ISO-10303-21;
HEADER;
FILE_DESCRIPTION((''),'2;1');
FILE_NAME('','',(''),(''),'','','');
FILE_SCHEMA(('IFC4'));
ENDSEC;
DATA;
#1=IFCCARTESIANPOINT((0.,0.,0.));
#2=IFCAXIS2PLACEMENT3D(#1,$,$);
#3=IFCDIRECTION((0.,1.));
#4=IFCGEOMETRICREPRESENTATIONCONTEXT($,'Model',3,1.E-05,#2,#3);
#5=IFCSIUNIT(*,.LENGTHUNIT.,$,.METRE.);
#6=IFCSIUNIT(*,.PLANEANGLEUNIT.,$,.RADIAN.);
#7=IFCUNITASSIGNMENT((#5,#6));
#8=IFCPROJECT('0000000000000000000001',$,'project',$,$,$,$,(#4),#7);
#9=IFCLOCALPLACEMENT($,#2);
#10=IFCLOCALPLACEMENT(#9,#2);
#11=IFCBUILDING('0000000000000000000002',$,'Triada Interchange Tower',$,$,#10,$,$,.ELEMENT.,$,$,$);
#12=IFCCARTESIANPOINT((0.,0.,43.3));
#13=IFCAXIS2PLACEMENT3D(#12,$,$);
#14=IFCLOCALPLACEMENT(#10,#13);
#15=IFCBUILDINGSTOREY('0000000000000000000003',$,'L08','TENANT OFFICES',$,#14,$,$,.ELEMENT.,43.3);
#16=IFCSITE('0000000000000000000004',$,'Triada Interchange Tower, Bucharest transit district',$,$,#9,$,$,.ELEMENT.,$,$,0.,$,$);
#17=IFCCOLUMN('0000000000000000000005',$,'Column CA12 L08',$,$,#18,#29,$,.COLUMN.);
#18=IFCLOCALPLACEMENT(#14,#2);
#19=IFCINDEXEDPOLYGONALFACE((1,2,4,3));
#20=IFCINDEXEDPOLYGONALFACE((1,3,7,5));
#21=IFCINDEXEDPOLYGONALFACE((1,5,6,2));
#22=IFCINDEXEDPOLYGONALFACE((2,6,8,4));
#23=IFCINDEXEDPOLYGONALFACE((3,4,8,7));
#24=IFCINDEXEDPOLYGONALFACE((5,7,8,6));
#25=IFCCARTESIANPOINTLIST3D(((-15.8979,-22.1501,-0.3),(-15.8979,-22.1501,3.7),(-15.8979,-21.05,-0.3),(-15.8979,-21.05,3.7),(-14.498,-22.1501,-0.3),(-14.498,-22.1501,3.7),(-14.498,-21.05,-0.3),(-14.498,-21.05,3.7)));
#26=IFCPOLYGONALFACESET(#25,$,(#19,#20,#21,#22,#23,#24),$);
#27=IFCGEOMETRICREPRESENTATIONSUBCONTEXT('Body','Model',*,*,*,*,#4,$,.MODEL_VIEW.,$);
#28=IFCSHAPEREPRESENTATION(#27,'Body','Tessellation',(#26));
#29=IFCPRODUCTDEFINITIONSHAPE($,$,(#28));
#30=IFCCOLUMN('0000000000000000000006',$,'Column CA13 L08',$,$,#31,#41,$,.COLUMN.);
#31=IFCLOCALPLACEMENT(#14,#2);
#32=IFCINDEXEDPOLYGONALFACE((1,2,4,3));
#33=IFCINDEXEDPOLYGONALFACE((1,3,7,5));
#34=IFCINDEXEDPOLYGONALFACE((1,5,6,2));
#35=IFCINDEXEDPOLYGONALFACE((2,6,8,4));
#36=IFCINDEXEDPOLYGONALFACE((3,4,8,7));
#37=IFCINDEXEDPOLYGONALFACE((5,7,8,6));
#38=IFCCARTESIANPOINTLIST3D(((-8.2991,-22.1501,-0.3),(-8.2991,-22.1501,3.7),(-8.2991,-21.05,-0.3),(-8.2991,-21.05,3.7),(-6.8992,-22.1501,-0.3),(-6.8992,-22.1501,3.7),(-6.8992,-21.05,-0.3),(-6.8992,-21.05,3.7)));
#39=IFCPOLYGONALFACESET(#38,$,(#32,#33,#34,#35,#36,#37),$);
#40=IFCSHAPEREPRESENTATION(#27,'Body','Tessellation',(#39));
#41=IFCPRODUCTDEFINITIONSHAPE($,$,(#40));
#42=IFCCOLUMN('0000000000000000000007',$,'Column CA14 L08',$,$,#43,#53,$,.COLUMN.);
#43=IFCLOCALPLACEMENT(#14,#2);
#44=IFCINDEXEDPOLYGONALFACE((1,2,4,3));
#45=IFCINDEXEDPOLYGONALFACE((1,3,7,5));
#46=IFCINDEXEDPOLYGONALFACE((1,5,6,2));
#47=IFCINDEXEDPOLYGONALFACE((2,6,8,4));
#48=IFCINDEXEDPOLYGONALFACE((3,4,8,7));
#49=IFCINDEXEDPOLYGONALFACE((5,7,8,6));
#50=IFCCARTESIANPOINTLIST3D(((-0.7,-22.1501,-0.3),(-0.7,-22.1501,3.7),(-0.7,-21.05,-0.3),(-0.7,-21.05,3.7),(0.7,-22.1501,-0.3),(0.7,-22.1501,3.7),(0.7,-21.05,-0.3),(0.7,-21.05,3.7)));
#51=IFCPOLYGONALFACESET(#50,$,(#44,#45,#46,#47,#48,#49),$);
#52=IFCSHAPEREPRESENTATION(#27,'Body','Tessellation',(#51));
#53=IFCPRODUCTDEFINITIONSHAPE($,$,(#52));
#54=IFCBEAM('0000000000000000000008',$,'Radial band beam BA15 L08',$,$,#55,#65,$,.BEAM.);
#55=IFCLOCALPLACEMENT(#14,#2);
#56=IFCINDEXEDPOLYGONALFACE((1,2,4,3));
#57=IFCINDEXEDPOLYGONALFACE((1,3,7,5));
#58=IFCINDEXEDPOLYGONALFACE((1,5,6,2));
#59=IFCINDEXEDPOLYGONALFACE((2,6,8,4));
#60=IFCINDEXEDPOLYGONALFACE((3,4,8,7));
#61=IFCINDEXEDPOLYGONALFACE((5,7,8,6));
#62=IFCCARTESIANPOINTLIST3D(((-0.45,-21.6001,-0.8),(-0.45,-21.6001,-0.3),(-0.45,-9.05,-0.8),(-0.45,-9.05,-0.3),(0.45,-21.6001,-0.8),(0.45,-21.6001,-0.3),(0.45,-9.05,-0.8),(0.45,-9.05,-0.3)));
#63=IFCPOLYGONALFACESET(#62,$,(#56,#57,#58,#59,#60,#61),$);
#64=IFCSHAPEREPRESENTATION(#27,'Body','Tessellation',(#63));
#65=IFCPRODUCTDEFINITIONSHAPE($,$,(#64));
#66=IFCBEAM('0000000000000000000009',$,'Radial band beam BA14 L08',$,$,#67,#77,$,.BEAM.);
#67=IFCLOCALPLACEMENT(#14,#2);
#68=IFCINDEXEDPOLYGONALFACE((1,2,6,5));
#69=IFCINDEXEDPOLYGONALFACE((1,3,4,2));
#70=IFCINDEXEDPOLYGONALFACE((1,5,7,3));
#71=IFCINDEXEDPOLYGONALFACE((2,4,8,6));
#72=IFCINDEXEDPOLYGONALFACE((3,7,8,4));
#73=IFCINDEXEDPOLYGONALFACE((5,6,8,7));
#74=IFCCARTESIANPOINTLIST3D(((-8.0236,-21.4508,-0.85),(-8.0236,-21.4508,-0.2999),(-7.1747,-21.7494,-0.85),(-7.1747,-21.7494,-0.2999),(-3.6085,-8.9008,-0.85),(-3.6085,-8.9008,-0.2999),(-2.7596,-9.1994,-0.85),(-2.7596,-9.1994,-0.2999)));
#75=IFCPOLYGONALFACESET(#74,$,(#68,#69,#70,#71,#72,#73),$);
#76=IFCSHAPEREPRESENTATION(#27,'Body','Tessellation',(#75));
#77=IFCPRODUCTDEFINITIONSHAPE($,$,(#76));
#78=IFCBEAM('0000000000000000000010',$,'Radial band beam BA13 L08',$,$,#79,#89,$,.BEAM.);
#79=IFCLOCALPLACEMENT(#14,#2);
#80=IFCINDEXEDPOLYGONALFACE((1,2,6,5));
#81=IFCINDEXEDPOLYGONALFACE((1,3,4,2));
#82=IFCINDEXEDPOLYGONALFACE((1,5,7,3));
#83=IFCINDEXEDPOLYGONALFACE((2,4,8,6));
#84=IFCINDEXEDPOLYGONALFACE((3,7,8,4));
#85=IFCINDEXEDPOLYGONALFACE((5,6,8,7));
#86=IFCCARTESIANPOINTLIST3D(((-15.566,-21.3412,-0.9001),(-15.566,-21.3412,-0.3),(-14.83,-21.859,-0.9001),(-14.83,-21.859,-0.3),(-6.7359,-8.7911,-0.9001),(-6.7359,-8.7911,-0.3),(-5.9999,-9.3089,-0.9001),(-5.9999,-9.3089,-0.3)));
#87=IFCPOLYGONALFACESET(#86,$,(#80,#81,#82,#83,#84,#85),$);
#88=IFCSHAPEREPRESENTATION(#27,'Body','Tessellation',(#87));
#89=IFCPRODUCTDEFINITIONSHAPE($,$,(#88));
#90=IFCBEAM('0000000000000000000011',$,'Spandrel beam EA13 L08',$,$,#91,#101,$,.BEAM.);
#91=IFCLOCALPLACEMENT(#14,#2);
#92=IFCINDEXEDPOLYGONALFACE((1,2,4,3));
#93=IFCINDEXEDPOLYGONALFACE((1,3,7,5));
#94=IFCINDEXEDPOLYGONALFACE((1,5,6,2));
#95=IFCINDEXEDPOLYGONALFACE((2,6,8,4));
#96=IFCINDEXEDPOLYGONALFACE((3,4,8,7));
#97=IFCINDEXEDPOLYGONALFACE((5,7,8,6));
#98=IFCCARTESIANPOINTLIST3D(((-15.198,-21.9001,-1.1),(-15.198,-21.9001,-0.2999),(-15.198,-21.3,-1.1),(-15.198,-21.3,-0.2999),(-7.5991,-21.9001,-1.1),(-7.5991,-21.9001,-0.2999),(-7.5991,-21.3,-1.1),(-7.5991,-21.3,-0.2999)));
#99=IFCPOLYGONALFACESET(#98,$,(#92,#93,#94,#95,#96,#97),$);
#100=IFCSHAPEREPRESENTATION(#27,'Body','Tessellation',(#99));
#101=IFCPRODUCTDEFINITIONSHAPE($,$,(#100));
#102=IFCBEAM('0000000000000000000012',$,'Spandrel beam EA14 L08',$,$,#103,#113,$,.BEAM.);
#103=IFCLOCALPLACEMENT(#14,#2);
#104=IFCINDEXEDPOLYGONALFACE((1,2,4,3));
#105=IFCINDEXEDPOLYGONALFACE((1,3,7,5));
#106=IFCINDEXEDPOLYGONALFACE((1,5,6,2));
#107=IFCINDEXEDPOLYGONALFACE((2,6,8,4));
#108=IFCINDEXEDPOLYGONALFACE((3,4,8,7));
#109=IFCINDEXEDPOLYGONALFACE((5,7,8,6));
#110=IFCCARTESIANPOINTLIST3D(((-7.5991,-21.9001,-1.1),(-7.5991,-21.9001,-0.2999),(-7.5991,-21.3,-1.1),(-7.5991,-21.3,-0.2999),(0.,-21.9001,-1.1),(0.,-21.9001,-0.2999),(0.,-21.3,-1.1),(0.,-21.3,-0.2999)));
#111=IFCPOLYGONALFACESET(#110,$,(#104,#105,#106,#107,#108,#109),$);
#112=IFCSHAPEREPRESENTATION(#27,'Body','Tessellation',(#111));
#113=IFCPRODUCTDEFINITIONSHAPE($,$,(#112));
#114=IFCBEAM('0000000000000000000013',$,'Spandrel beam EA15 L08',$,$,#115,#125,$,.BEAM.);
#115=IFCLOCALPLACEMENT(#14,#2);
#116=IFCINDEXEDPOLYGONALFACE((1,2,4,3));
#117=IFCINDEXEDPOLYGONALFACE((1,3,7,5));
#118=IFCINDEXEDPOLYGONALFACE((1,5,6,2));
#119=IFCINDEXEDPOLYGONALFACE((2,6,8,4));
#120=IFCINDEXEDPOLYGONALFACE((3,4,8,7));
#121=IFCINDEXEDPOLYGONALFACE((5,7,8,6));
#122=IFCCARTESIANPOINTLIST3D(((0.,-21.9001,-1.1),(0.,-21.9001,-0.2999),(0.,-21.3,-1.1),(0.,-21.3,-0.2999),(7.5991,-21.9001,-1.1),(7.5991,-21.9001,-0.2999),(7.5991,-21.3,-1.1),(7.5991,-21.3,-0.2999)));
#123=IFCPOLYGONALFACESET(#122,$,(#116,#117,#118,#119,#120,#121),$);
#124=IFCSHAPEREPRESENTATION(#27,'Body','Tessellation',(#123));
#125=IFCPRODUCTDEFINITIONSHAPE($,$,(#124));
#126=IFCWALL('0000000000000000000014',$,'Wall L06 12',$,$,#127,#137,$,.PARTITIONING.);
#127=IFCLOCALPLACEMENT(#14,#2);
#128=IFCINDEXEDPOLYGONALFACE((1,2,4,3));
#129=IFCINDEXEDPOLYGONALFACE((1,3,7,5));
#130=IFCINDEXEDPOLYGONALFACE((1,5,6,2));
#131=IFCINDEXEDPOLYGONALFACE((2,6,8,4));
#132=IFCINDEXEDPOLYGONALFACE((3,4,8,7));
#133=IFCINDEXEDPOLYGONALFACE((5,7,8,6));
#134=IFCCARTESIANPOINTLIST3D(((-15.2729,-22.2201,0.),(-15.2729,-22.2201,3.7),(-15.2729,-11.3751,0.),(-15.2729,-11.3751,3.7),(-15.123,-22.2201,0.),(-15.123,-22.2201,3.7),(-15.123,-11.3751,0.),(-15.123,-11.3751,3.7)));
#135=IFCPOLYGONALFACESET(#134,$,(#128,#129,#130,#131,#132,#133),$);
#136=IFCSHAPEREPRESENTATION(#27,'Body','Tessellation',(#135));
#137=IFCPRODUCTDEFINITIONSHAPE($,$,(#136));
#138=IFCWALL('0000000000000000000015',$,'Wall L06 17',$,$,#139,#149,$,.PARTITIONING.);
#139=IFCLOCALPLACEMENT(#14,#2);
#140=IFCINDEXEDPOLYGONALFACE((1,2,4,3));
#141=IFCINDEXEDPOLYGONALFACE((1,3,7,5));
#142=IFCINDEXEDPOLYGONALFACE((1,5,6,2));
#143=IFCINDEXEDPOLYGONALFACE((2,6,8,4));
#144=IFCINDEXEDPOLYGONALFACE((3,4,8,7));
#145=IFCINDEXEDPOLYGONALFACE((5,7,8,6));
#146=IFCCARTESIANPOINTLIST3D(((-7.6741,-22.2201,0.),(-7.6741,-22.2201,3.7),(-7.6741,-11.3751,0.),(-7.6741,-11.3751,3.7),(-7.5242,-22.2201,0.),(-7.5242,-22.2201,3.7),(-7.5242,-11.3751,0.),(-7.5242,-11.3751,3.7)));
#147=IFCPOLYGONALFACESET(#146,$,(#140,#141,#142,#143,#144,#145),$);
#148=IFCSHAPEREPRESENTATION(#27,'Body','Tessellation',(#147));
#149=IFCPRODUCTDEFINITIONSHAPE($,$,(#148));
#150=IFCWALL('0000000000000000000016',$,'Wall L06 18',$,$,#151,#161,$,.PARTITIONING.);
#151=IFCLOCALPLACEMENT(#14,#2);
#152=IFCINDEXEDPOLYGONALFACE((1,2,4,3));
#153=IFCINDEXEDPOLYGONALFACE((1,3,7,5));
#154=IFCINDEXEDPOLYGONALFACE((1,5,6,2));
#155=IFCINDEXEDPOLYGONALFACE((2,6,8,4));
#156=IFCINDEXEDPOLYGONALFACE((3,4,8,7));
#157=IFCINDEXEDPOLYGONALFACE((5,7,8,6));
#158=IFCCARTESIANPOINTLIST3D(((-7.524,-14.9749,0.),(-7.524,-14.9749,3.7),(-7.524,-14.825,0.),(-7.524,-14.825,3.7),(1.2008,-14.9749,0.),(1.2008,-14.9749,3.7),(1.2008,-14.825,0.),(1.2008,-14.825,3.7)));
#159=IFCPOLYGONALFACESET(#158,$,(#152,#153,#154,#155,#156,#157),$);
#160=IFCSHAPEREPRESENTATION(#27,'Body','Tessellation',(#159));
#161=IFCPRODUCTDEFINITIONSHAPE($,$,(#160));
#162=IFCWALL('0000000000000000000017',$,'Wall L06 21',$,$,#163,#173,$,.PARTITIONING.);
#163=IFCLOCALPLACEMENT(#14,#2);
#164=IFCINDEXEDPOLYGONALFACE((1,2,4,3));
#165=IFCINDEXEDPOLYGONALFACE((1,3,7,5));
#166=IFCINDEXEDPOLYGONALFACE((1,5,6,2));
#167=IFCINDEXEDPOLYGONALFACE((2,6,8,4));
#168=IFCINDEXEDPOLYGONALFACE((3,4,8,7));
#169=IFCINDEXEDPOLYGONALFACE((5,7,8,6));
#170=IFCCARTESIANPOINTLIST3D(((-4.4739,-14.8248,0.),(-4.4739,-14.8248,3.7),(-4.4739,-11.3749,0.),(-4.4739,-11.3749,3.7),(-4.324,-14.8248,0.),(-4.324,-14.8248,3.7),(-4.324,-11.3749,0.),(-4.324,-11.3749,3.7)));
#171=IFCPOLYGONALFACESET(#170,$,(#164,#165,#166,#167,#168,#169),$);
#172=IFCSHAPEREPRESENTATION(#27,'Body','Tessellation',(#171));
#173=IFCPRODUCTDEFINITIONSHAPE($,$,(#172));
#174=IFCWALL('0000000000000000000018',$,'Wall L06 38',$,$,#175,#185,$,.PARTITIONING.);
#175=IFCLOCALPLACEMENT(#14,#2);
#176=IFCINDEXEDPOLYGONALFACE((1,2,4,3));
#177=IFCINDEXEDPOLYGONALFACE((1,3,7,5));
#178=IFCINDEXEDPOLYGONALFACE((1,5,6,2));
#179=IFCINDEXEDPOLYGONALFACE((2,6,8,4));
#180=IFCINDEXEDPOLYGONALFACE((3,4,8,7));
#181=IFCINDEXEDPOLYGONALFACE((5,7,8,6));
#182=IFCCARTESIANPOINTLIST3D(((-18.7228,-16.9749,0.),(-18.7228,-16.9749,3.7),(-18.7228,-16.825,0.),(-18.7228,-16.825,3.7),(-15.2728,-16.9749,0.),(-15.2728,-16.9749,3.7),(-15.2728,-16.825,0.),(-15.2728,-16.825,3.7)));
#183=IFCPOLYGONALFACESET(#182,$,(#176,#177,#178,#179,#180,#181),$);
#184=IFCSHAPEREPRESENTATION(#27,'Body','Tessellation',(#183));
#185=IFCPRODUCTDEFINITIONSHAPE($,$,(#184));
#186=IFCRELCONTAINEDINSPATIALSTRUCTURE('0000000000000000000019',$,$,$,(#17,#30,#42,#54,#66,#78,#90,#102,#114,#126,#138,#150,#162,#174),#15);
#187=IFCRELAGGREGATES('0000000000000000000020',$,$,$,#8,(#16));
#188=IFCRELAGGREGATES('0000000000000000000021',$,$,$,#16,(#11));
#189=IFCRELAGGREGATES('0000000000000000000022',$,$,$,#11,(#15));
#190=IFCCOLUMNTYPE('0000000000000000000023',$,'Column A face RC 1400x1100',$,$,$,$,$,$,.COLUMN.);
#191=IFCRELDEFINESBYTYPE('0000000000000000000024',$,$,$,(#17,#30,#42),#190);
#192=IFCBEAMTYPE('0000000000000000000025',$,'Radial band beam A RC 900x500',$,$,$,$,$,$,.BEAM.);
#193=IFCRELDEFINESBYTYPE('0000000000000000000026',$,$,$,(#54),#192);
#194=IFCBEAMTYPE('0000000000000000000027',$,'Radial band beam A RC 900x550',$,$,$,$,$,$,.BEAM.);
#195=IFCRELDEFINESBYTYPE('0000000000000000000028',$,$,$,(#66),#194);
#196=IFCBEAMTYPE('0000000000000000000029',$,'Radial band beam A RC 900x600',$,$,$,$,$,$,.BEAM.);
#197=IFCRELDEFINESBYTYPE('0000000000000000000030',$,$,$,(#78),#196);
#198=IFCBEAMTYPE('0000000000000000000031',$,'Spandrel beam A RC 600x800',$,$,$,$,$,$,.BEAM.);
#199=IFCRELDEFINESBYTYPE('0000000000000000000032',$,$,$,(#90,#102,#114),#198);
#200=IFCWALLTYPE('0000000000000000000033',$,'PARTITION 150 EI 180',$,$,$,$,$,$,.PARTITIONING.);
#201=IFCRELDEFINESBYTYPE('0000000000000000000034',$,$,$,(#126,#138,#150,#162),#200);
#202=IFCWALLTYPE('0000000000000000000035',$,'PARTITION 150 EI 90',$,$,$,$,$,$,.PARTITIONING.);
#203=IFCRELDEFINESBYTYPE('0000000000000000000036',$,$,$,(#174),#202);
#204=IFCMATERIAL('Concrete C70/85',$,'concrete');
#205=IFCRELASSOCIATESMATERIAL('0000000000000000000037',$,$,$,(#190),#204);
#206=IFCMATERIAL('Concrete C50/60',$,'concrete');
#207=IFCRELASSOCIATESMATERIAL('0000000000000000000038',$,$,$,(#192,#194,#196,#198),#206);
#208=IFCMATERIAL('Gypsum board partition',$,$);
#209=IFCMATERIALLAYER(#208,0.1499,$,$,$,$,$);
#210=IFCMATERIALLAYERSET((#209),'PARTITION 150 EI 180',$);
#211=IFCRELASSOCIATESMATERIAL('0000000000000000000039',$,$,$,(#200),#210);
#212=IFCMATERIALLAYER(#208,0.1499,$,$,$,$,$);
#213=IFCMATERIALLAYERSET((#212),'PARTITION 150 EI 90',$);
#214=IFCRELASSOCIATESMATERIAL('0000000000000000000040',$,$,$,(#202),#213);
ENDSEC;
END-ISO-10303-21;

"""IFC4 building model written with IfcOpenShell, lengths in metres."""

from ifc_helpers import new_model, si_unit, direction, frame, frame_2d, origin, origin_2d, place, context, subcontext, project, spatial, rectangle, extrude, material, layer, layer_set, material_profile, profile_set, type_object, element, save


model = new_model("IFC4")

# Units and contexts
model_context = context("Model", 3, precision=1e-05, world=origin(), true_north=direction((0.0, 1.0)))
body_context = subcontext(model_context, "Body", "Model", "MODEL_VIEW")
ifc_project = project(units=[si_unit("LENGTHUNIT", "METRE"), si_unit("PLANEANGLEUNIT", "RADIAN")], contexts=[model_context])

# Site, building, storey
site_placement = place(None, origin())
site = spatial("IfcSite", under=ifc_project, at=site_placement, Name="Triada Interchange Tower, Bucharest transit district", CompositionType="ELEMENT", RefElevation=0.0)
building_placement = place(site_placement, origin())
building = spatial("IfcBuilding", under=site, at=building_placement, Name="Triada Interchange Tower", CompositionType="ELEMENT")
storey_placement = place(building_placement, frame((0.0, 0.0, 43.3)))
storey = spatial("IfcBuildingStorey", under=building, at=storey_placement, Name="L08", Description="TENANT OFFICES", CompositionType="ELEMENT", Elevation=43.3)

# Columns
ifc_material_1 = material(Name="Concrete C70/85", Category="concrete")
ifc_material_profile_1 = material_profile(ifc_material_1, rectangle(XDim=1.3999, YDim=1.1001, at=origin_2d()), Name="RC 1400x1100")
ifc_profile_set_1 = profile_set([ifc_material_profile_1], Name="Concrete C70/85")
column_type = type_object("IfcColumnType", Name="Column A face RC 1400x1100", PredefinedType="COLUMN", material=ifc_profile_set_1)
for number, where, z_axis, x_axis, name in (
    (1, (-15.198, -21.6001, -0.3), (0.0, 0.0, 1.0), (1.0, 0.0, 0.0), "Column CA12 L08"),
    (2, (-7.5991, -21.6001, -0.3), (0.0, 0.0, 1.0), (1.0, 0.0, 0.0), "Column CA13 L08"),
    (3, (0.0, -21.6001, -0.3), (0.0, 0.0, 1.0), (1.0, 0.0, 0.0), "Column CA14 L08"),
):
    element("IfcColumn", number, at=place(storey_placement, frame(where, z_axis=z_axis, x_axis=x_axis)), inside=storey, type_object=column_type, Name=name, PredefinedType="COLUMN", context=body_context, shape_type="SweptSolid", body=[
        extrude(rectangle(XDim=1.3999, YDim=1.1001, at=origin_2d()), origin(), (0.0, 0.0, 1.0), 4.0),
    ])

# Beams
ifc_material_2 = material(Name="Concrete C50/60", Category="concrete")
ifc_material_profile_2 = material_profile(ifc_material_2, rectangle(XDim=0.8999, YDim=0.5, at=origin_2d()), Name="RC 900x500")
ifc_profile_set_2 = profile_set([ifc_material_profile_2], Name="Concrete C50/60")
beam_type_1 = type_object("IfcBeamType", Name="Radial band beam A RC 900x500", PredefinedType="BEAM", material=ifc_profile_set_2)
beam_1_placement = place(storey_placement, frame((0.0, -21.6001, -0.55), z_axis=(0.0, 1.0, 0.0), x_axis=(-1.0, 0.0, 0.0)))
element("IfcBeam", 4, at=beam_1_placement, inside=storey, type_object=beam_type_1, Name="Radial band beam BA15 L08", PredefinedType="BEAM", context=body_context, shape_type="SweptSolid", body=[
    extrude(rectangle(XDim=0.8999, YDim=0.5, at=origin_2d()), origin(), (0.0, 0.0, 1.0), 12.55),
])
ifc_material_profile_3 = material_profile(ifc_material_2, rectangle(XDim=0.8999, YDim=0.55, at=origin_2d()), Name="RC 900x550")
ifc_profile_set_3 = profile_set([ifc_material_profile_3], Name="Concrete C50/60")
beam_type_2 = type_object("IfcBeamType", Name="Radial band beam A RC 900x550", PredefinedType="BEAM", material=ifc_profile_set_3)
beam_2_placement = place(storey_placement, frame((-7.5991, -21.6001, -0.575), z_axis=(0.331858, 0.943329, 0.0), x_axis=(-0.943329, 0.331858, 0.0)))
element("IfcBeam", 5, at=beam_2_placement, inside=storey, type_object=beam_type_2, Name="Radial band beam BA14 L08", PredefinedType="BEAM", context=body_context, shape_type="SweptSolid", body=[
    extrude(rectangle(XDim=0.8999, YDim=0.55, at=origin_2d()), origin(), (0.0, 0.0, 1.0), 13.304),
])
ifc_material_profile_4 = material_profile(ifc_material_2, rectangle(XDim=0.8999, YDim=0.6001, at=origin_2d()), Name="RC 900x600")
ifc_profile_set_4 = profile_set([ifc_material_profile_4], Name="Concrete C50/60")
beam_type_3 = type_object("IfcBeamType", Name="Radial band beam A RC 900x600", PredefinedType="BEAM", material=ifc_profile_set_4)
beam_3_placement = place(storey_placement, frame((-15.198, -21.6001, -0.6001), z_axis=(0.575431, 0.817851, 0.0), x_axis=(-0.817851, 0.575431, 0.0)))
element("IfcBeam", 6, at=beam_3_placement, inside=storey, type_object=beam_type_3, Name="Radial band beam BA13 L08", PredefinedType="BEAM", context=body_context, shape_type="SweptSolid", body=[
    extrude(rectangle(XDim=0.8999, YDim=0.6001, at=origin_2d()), origin(), (0.0, 0.0, 1.0), 15.3452),
])
ifc_material_profile_5 = material_profile(ifc_material_2, rectangle(XDim=0.6001, YDim=0.8, at=origin_2d()), Name="RC 600x800")
ifc_profile_set_5 = profile_set([ifc_material_profile_5], Name="Concrete C50/60")
beam_type_4 = type_object("IfcBeamType", Name="Spandrel beam A RC 600x800", PredefinedType="BEAM", material=ifc_profile_set_5)
beam_4_placement = place(storey_placement, frame((-15.198, -21.6001, -0.7), z_axis=(1.0, 0.0, 0.0), x_axis=(0.0, 1.0, 0.0)))
element("IfcBeam", 7, at=beam_4_placement, inside=storey, type_object=beam_type_4, Name="Spandrel beam EA13 L08", PredefinedType="BEAM", context=body_context, shape_type="SweptSolid", body=[
    extrude(rectangle(XDim=0.6001, YDim=0.8, at=origin_2d()), origin(), (0.0, 0.0, 1.0), 7.5989),
])
for number, where, z_axis, x_axis, name in (
    (8, (-7.5991, -21.6001, -0.7), (1.0, 0.0, 0.0), (0.0, 1.0, 0.0), "Spandrel beam EA14 L08"),
    (9, (0.0, -21.6001, -0.7), (1.0, 0.0, 0.0), (0.0, 1.0, 0.0), "Spandrel beam EA15 L08"),
):
    element("IfcBeam", number, at=place(storey_placement, frame(where, z_axis=z_axis, x_axis=x_axis)), inside=storey, type_object=beam_type_4, Name=name, PredefinedType="BEAM", context=body_context, shape_type="SweptSolid", body=[
        extrude(rectangle(XDim=0.6001, YDim=0.8, at=origin_2d()), origin(), (0.0, 0.0, 1.0), 7.5991),
    ])

# Walls
ifc_material_3 = material(Name="Gypsum board partition")
ifc_layer_1 = layer(ifc_material_3, 0.1499)
ifc_layer_set_1 = layer_set([ifc_layer_1], Name="PARTITION 150 EI 180")
wall_type_1 = type_object("IfcWallType", Name="PARTITION 150 EI 180", PredefinedType="PARTITIONING", material=ifc_layer_set_1)
for number, where, z_axis, x_axis, name in (
    (10, (-15.198, -22.22, 0.0), (0.0, 0.0, 1.0), (0.0, 1.0, 0.0), "Wall L06 12"),
    (11, (-7.5991, -22.22, 0.0), (0.0, 0.0, 1.0), (0.0, 1.0, 0.0), "Wall L06 17"),
):
    element("IfcWall", number, at=place(storey_placement, frame(where, z_axis=z_axis, x_axis=x_axis)), inside=storey, type_object=wall_type_1, Name=name, PredefinedType="PARTITIONING", context=body_context, shape_type="SweptSolid", body=[
        extrude(rectangle(XDim=10.845, YDim=0.1499, at=frame_2d((5.4224, 0.0))), origin(), (0.0, 0.0, 1.0), 3.7),
    ])
wall_1_placement = place(storey_placement, frame((-7.5239, -14.8999, 0.0), z_axis=(0.0, 0.0, 1.0), x_axis=(1.0, 0.0, 0.0)))
element("IfcWall", 12, at=wall_1_placement, inside=storey, type_object=wall_type_1, Name="Wall L06 18", PredefinedType="PARTITIONING", context=body_context, shape_type="SweptSolid", body=[
    extrude(rectangle(XDim=8.7249, YDim=0.1499, at=frame_2d((4.3623, 0.0))), origin(), (0.0, 0.0, 1.0), 3.7),
])
wall_2_placement = place(storey_placement, frame((-4.3989, -14.825, 0.0), z_axis=(0.0, 0.0, 1.0), x_axis=(0.0, 1.0, 0.0)))
element("IfcWall", 13, at=wall_2_placement, inside=storey, type_object=wall_type_1, Name="Wall L06 21", PredefinedType="PARTITIONING", context=body_context, shape_type="SweptSolid", body=[
    extrude(rectangle(XDim=3.45, YDim=0.1499, at=frame_2d((1.7251, 0.0))), origin(), (0.0, 0.0, 1.0), 3.7),
])
ifc_layer_2 = layer(ifc_material_3, 0.1499)
ifc_layer_set_2 = layer_set([ifc_layer_2], Name="PARTITION 150 EI 90")
wall_type_2 = type_object("IfcWallType", Name="PARTITION 150 EI 90", PredefinedType="PARTITIONING", material=ifc_layer_set_2)
wall_3_placement = place(storey_placement, frame((-18.7229, -16.8999, 0.0), z_axis=(0.0, 0.0, 1.0), x_axis=(1.0, 0.0, 0.0)))
element("IfcWall", 14, at=wall_3_placement, inside=storey, type_object=wall_type_2, Name="Wall L06 38", PredefinedType="PARTITIONING", context=body_context, shape_type="SweptSolid", body=[
    extrude(rectangle(XDim=3.45, YDim=0.1499, at=frame_2d((1.7251, 0.0))), origin(), (0.0, 0.0, 1.0), 3.7),
])

save(model, "model.ifc")
